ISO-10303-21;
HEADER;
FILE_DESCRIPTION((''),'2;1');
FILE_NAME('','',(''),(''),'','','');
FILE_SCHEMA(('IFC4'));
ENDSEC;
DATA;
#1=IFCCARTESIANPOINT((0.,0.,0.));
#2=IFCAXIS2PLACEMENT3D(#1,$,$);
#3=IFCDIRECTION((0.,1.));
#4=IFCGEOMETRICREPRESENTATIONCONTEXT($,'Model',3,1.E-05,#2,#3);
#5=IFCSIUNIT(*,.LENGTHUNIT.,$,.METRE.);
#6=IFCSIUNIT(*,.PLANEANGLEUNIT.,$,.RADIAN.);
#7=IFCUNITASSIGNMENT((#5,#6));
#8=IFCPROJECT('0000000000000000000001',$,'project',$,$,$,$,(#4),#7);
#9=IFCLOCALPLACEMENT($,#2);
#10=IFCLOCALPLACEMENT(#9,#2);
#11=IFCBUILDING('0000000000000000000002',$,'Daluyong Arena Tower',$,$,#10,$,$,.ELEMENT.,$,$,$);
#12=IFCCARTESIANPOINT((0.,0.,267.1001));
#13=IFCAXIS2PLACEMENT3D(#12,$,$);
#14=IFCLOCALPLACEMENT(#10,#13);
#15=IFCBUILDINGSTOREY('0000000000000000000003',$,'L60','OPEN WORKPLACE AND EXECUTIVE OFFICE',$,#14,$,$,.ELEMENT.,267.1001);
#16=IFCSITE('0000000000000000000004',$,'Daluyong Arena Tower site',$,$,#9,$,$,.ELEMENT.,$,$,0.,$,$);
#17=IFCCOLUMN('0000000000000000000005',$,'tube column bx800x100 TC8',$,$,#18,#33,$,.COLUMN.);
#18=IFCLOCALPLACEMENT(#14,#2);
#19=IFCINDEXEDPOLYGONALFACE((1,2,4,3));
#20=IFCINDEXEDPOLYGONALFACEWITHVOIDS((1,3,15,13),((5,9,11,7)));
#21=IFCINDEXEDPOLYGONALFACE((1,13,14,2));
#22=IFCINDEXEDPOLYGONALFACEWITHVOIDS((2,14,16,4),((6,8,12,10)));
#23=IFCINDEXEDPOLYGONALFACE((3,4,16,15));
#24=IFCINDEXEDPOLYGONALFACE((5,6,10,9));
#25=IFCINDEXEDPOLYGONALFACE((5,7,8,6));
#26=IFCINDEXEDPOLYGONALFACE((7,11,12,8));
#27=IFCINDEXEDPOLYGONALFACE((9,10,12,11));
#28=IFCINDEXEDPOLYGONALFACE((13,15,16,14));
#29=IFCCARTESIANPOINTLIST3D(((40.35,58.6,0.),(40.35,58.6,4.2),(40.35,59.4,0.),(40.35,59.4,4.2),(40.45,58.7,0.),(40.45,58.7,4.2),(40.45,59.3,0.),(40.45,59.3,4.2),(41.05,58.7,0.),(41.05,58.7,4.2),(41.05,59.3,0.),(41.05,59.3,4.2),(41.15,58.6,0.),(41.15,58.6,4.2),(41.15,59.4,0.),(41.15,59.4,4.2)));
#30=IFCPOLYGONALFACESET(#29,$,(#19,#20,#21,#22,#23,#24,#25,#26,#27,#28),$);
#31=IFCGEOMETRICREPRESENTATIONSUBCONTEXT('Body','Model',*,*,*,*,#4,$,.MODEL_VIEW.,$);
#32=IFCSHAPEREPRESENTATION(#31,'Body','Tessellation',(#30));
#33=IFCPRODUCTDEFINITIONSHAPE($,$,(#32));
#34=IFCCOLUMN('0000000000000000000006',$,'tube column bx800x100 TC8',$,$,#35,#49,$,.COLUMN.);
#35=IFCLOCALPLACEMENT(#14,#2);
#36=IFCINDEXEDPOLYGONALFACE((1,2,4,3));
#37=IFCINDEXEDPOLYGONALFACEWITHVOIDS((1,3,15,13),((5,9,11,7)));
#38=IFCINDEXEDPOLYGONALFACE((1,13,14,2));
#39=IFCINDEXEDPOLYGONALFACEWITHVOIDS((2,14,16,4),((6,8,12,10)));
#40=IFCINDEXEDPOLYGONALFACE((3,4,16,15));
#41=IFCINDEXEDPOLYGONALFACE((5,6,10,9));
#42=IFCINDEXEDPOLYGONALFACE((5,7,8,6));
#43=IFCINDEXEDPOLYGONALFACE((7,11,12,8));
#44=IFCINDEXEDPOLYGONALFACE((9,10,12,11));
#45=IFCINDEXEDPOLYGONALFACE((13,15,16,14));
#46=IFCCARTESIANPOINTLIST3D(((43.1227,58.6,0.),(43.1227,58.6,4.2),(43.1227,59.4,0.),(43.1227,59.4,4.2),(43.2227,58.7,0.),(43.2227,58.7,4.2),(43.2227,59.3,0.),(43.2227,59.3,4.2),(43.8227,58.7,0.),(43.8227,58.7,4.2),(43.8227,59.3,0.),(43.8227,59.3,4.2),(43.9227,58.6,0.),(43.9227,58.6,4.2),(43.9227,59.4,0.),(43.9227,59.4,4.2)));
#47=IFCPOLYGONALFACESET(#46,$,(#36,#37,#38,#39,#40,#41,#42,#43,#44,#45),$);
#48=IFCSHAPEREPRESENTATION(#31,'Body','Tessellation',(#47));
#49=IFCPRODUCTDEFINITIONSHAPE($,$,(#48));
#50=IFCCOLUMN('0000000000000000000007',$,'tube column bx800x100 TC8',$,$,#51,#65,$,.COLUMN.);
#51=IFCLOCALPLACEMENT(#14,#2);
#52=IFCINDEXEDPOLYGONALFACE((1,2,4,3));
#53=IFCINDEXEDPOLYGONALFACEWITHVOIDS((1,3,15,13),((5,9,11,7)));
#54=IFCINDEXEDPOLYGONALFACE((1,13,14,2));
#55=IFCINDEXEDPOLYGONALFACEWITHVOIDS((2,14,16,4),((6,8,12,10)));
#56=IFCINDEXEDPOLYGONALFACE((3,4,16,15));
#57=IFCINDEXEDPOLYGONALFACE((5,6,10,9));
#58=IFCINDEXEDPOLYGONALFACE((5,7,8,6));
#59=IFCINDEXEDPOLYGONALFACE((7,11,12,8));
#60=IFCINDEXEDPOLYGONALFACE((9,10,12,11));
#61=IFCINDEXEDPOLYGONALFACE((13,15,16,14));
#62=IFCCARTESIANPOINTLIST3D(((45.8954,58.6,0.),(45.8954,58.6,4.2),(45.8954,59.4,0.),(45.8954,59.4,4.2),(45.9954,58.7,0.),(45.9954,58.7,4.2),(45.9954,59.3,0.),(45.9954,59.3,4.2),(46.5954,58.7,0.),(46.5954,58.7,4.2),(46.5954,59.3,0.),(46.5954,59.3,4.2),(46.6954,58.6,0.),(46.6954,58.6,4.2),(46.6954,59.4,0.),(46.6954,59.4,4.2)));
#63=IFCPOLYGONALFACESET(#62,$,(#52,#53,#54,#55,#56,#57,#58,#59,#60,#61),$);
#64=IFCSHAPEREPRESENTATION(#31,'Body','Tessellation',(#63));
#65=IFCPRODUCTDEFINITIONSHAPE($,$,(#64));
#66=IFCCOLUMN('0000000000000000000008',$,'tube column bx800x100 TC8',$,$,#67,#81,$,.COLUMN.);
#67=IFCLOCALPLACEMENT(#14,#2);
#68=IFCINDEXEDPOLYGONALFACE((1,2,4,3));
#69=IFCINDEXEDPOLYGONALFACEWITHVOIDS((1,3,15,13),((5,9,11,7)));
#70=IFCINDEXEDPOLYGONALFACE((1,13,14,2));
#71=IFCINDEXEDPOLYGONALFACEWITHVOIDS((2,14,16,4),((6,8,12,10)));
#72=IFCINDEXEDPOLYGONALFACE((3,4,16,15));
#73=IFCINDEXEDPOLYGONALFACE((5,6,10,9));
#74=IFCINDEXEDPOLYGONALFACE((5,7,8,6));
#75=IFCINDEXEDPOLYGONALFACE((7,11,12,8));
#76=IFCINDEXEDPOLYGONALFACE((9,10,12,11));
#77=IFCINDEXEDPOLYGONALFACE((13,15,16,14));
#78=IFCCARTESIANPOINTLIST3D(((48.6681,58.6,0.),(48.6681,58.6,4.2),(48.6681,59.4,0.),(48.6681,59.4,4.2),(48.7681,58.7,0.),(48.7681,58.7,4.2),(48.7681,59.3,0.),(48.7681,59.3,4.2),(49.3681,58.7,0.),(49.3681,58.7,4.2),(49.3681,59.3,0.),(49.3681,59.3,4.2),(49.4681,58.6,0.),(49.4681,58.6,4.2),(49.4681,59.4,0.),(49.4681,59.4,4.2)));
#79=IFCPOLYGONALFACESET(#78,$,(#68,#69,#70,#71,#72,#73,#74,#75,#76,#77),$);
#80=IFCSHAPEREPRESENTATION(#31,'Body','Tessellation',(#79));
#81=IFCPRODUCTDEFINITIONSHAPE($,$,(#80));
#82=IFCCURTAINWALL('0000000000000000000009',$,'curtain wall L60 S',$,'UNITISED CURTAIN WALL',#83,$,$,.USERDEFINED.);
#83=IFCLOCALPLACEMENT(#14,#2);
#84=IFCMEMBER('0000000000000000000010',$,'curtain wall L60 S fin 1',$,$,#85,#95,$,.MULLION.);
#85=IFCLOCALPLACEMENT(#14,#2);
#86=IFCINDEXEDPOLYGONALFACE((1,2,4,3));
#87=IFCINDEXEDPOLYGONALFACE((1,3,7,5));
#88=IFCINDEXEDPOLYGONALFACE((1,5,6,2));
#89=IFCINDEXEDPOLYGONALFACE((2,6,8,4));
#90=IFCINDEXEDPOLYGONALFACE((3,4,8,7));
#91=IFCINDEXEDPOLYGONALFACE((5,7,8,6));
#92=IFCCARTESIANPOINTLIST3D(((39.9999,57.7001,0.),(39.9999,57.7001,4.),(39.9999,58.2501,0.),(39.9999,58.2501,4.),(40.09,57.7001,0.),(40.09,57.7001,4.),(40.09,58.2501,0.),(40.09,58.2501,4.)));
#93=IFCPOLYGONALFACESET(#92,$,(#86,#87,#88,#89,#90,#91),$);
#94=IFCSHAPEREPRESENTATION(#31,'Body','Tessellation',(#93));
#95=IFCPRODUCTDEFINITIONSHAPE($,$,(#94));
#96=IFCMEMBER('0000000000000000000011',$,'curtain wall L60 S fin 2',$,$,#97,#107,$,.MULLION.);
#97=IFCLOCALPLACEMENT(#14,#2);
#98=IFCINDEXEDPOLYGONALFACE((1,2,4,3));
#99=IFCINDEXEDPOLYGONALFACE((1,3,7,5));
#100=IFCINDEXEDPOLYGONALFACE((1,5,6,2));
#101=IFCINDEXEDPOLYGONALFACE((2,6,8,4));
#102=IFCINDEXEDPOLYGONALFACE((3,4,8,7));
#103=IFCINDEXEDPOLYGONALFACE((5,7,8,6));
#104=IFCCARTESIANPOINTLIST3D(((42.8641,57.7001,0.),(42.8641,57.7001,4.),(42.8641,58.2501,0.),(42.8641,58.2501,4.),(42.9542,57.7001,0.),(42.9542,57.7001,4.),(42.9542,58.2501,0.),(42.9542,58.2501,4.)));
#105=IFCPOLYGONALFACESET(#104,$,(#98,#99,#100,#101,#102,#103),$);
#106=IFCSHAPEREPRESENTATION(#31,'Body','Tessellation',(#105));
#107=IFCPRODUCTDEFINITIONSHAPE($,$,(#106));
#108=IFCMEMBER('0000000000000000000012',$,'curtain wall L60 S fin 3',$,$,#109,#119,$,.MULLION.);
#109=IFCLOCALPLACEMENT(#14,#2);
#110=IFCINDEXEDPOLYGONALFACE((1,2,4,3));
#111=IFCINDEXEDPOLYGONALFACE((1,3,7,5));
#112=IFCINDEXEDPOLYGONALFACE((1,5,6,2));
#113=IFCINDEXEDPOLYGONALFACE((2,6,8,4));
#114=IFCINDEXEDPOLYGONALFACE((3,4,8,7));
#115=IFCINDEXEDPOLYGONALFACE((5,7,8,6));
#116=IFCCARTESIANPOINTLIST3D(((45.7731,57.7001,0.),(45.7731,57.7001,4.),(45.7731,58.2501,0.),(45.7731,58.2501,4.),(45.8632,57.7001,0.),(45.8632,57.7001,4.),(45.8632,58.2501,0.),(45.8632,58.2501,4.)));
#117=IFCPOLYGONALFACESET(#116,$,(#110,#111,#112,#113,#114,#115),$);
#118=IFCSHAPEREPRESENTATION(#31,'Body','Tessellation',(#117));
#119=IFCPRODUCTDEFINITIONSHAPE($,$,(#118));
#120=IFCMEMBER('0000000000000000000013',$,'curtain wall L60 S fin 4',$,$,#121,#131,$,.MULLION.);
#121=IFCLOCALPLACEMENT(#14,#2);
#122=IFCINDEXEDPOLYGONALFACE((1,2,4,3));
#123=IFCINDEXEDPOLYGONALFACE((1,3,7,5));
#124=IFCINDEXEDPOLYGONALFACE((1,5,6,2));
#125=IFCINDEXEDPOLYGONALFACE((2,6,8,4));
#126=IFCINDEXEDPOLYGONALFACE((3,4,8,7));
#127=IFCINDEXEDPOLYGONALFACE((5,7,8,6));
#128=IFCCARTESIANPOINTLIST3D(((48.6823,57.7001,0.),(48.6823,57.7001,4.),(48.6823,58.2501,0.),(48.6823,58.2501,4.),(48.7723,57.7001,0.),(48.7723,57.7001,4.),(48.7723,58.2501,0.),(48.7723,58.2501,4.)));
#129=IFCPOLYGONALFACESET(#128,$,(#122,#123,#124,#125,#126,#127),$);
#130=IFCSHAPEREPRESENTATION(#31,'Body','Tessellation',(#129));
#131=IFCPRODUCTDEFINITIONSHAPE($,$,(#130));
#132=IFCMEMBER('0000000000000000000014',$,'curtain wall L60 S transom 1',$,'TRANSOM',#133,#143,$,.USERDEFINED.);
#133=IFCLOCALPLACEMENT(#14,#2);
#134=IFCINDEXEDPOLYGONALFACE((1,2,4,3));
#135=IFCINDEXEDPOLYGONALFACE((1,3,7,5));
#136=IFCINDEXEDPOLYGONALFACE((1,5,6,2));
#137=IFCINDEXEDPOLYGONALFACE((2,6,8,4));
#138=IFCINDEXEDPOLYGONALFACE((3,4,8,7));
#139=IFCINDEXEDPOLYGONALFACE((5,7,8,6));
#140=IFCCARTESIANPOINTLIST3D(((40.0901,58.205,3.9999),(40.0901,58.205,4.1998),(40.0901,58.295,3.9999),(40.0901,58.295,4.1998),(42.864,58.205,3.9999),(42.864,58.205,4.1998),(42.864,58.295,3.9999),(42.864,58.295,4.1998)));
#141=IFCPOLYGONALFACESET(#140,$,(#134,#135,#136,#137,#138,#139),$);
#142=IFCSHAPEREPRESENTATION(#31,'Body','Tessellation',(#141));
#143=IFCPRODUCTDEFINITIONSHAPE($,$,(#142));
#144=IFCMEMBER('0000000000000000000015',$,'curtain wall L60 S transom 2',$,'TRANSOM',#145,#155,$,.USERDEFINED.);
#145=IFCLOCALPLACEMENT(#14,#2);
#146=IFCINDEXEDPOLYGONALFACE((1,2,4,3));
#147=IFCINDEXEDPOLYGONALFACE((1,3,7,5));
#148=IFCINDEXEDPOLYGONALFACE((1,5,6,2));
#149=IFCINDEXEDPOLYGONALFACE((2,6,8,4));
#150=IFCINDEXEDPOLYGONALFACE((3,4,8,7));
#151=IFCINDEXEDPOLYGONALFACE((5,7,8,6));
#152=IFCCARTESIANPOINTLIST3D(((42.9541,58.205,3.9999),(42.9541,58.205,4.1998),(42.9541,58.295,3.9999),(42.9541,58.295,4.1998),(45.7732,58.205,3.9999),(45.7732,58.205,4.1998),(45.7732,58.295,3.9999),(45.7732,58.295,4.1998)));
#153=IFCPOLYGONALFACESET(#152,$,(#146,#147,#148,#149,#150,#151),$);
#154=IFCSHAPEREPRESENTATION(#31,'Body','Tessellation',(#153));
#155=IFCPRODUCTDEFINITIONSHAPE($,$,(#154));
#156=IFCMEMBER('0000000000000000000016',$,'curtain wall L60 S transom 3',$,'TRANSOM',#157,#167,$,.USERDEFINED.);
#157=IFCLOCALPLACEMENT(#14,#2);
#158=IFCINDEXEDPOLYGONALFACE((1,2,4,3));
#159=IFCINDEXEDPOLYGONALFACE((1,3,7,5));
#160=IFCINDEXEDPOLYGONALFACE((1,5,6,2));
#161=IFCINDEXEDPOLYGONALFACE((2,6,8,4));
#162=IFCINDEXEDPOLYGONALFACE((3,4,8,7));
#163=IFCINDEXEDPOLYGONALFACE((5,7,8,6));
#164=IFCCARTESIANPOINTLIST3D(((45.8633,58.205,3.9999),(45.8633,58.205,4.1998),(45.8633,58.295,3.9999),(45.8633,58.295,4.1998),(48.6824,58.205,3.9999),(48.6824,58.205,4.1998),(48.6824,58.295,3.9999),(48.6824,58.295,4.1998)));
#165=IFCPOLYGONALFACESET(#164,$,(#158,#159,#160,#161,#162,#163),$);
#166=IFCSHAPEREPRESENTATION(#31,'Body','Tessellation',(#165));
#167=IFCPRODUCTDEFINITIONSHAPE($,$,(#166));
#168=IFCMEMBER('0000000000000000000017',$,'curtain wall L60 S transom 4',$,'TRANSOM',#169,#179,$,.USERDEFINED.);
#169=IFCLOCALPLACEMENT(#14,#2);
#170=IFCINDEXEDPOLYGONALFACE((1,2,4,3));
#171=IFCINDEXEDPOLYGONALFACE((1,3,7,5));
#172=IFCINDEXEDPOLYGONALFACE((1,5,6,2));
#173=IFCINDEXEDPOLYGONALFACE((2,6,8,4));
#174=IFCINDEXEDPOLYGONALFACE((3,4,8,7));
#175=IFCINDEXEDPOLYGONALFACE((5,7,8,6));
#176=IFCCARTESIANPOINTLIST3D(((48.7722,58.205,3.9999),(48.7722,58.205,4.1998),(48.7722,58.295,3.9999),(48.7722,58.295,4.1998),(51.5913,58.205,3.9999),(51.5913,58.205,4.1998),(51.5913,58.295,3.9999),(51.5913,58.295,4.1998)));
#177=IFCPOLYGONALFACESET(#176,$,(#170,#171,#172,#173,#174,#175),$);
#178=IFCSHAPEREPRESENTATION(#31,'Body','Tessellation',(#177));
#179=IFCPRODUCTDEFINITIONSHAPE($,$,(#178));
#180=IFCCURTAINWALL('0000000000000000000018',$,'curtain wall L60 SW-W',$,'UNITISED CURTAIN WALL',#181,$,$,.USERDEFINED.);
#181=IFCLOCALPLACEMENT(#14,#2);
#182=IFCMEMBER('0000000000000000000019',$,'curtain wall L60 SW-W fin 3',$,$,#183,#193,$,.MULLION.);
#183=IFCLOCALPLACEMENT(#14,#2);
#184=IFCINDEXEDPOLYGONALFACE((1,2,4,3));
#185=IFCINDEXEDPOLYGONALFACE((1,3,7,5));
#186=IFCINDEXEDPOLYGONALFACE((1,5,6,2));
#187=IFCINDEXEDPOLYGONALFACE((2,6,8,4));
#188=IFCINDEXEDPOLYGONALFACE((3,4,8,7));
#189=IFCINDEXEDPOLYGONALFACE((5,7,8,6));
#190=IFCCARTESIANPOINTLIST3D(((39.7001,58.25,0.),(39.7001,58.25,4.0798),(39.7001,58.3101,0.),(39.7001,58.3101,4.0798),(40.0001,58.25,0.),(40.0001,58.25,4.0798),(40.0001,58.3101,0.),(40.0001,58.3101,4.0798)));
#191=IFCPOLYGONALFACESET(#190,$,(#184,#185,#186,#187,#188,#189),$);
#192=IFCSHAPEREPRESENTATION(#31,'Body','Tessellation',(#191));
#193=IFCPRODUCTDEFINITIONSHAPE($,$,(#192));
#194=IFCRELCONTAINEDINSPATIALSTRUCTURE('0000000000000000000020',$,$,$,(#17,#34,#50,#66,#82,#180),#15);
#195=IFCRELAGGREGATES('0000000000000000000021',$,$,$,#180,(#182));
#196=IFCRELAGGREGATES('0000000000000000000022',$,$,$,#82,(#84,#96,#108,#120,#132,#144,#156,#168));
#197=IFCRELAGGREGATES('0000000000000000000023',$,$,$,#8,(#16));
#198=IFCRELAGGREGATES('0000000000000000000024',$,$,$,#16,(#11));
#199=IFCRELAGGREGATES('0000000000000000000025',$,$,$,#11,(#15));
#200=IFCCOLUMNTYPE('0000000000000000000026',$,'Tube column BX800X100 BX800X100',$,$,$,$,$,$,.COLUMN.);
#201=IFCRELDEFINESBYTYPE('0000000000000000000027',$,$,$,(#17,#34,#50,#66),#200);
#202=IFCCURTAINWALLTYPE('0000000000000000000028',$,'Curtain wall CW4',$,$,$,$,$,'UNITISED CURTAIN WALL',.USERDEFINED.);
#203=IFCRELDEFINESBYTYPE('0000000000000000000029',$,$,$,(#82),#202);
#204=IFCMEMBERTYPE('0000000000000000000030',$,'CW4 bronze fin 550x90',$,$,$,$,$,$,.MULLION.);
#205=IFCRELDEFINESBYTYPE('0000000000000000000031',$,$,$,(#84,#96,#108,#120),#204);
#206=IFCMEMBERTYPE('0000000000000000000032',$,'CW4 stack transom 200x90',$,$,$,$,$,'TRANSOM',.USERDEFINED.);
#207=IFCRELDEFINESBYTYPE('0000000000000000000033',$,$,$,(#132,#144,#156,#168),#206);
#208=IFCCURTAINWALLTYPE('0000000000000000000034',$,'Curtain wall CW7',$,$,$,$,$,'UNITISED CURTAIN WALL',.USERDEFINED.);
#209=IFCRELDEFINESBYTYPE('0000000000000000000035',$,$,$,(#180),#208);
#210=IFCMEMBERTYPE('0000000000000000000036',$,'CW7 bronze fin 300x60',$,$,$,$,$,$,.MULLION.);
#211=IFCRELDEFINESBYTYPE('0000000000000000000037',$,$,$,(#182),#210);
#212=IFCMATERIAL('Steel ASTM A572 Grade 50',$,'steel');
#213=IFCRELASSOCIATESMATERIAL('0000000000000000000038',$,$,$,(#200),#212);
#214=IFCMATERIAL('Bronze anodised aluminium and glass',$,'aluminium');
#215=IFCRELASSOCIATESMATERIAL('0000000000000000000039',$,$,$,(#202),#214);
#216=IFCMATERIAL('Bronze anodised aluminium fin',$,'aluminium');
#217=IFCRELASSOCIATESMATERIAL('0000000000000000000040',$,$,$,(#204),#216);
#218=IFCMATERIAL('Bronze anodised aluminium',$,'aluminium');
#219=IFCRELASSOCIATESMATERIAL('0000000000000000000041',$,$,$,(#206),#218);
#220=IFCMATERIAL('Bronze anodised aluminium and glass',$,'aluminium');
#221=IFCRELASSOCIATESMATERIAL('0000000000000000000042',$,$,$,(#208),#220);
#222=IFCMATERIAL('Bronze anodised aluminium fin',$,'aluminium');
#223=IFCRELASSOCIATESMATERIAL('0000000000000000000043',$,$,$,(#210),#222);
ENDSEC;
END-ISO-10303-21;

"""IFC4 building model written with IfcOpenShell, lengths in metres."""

from ifc_helpers import new_model, si_unit, direction, frame, origin, origin_2d, place, context, subcontext, project, spatial, rectangle, hollow_rectangle, extrude, material, material_profile, profile_set, type_object, element, aggregate, save


model = new_model("IFC4")

# Units and contexts
model_context = context("Model", 3, precision=1e-05, world=origin(), true_north=direction((0.0, 1.0)))
body_context = subcontext(model_context, "Body", "Model", "MODEL_VIEW")
ifc_project = project(units=[si_unit("LENGTHUNIT", "METRE"), si_unit("PLANEANGLEUNIT", "RADIAN")], contexts=[model_context])

# Site, building, storey
site_placement = place(None, origin())
site = spatial("IfcSite", under=ifc_project, at=site_placement, Name="Daluyong Arena Tower site", CompositionType="ELEMENT", RefElevation=0.0)
building_placement = place(site_placement, origin())
building = spatial("IfcBuilding", under=site, at=building_placement, Name="Daluyong Arena Tower", CompositionType="ELEMENT")
storey_placement = place(building_placement, frame((0.0, 0.0, 267.1001)))
storey = spatial("IfcBuildingStorey", under=building, at=storey_placement, Name="L60", Description="OPEN WORKPLACE AND EXECUTIVE OFFICE", CompositionType="ELEMENT", Elevation=267.1001)

# Columns
ifc_material_1 = material(Name="Steel ASTM A572 Grade 50", Category="steel")
ifc_material_profile_1 = material_profile(ifc_material_1, hollow_rectangle(XDim=0.8, YDim=0.8, WallThickness=0.1, at=origin_2d()))
ifc_profile_set_1 = profile_set([ifc_material_profile_1], Name="Steel ASTM A572 Grade 50")
column_type = type_object("IfcColumnType", Name="Tube column BX800X100 BX800X100", PredefinedType="COLUMN", material=ifc_profile_set_1)
for number, where, z_axis, x_axis, name in (
    (1, (40.75, 59.0, 0.0), (0.0, 0.0, 1.0), (1.0, 0.0, 0.0), "tube column bx800x100 TC8"),
    (2, (43.5227, 59.0, 0.0), (0.0, 0.0, 1.0), (1.0, 0.0, 0.0), "tube column bx800x100 TC8"),
    (3, (46.2954, 59.0, 0.0), (0.0, 0.0, 1.0), (1.0, 0.0, 0.0), "tube column bx800x100 TC8"),
    (4, (49.0681, 59.0, 0.0), (0.0, 0.0, 1.0), (1.0, 0.0, 0.0), "tube column bx800x100 TC8"),
):
    element("IfcColumn", number, at=place(storey_placement, frame(where, z_axis=z_axis, x_axis=x_axis)), inside=storey, type_object=column_type, Name=name, PredefinedType="COLUMN", context=body_context, shape_type="SweptSolid", body=[
        extrude(hollow_rectangle(XDim=0.8, YDim=0.8, WallThickness=0.1, at=origin_2d()), origin(), (0.0, 0.0, 1.0), 4.2),
    ])

# Curtain wall, members
ifc_material_2 = material(Name="Bronze anodised aluminium and glass", Category="aluminium")
curtain_wall_type_1 = type_object("IfcCurtainWallType", Name="Curtain wall CW4", ElementType="UNITISED CURTAIN WALL", PredefinedType="USERDEFINED", material=ifc_material_2)
curtain_wall_1_placement = place(storey_placement, origin())
curtain_wall_1 = element("IfcCurtainWall", 5, at=curtain_wall_1_placement, inside=storey, type_object=curtain_wall_type_1, Name="curtain wall L60 S", ObjectType="UNITISED CURTAIN WALL", PredefinedType="USERDEFINED")
ifc_material_3 = material(Name="Bronze anodised aluminium fin", Category="aluminium")
ifc_material_profile_2 = material_profile(ifc_material_3, rectangle(XDim=0.55, YDim=0.0901, at=origin_2d()))
ifc_profile_set_2 = profile_set([ifc_material_profile_2], Name="Bronze anodised aluminium fin")
member_type_1 = type_object("IfcMemberType", Name="CW4 bronze fin 550x90", PredefinedType="MULLION", material=ifc_profile_set_2)
member_1_placement = place(storey_placement, frame((40.0449, 57.9751, 0.0), z_axis=(0.0, 0.0, 1.0), x_axis=(0.0, 1.0, 0.0)))
member_1 = element("IfcMember", 6, at=member_1_placement, type_object=member_type_1, Name="curtain wall L60 S fin 1", PredefinedType="MULLION", context=body_context, shape_type="SweptSolid", body=[
    extrude(rectangle(XDim=0.55, YDim=0.0901, at=origin_2d()), origin(), (0.0, 0.0, 1.0), 4.0),
])
member_2_placement = place(storey_placement, frame((42.9092, 57.9751, 0.0), z_axis=(0.0, 0.0, 1.0), x_axis=(0.0, 1.0, 0.0)))
member_2 = element("IfcMember", 7, at=member_2_placement, type_object=member_type_1, Name="curtain wall L60 S fin 2", PredefinedType="MULLION", context=body_context, shape_type="SweptSolid", body=[
    extrude(rectangle(XDim=0.55, YDim=0.0901, at=origin_2d()), origin(), (0.0, 0.0, 1.0), 4.0),
])
member_3_placement = place(storey_placement, frame((45.8181, 57.9751, 0.0), z_axis=(0.0, 0.0, 1.0), x_axis=(0.0, 1.0, 0.0)))
member_3 = element("IfcMember", 8, at=member_3_placement, type_object=member_type_1, Name="curtain wall L60 S fin 3", PredefinedType="MULLION", context=body_context, shape_type="SweptSolid", body=[
    extrude(rectangle(XDim=0.55, YDim=0.0901, at=origin_2d()), origin(), (0.0, 0.0, 1.0), 4.0),
])
member_4_placement = place(storey_placement, frame((48.7273, 57.9751, 0.0), z_axis=(0.0, 0.0, 1.0), x_axis=(0.0, 1.0, 0.0)))
member_4 = element("IfcMember", 9, at=member_4_placement, type_object=member_type_1, Name="curtain wall L60 S fin 4", PredefinedType="MULLION", context=body_context, shape_type="SweptSolid", body=[
    extrude(rectangle(XDim=0.55, YDim=0.0901, at=origin_2d()), origin(), (0.0, 0.0, 1.0), 4.0),
])
ifc_material_4 = material(Name="Bronze anodised aluminium", Category="aluminium")
ifc_material_profile_3 = material_profile(ifc_material_4, rectangle(XDim=0.0901, YDim=0.2, at=origin_2d()))
ifc_profile_set_3 = profile_set([ifc_material_profile_3], Name="Bronze anodised aluminium")
member_type_2 = type_object("IfcMemberType", Name="CW4 stack transom 200x90", ElementType="TRANSOM", PredefinedType="USERDEFINED", material=ifc_profile_set_3)
member_5_placement = place(storey_placement, frame((40.0901, 58.25, 4.0999), z_axis=(1.0, 0.0, 0.0), x_axis=(0.0, 1.0, 0.0)))
member_5 = element("IfcMember", 10, at=member_5_placement, type_object=member_type_2, Name="curtain wall L60 S transom 1", ObjectType="TRANSOM", PredefinedType="USERDEFINED", context=body_context, shape_type="SweptSolid", body=[
    extrude(rectangle(XDim=0.0901, YDim=0.2, at=origin_2d()), origin(), (0.0, 0.0, 1.0), 2.7739),
])
member_6_placement = place(storey_placement, frame((42.9541, 58.25, 4.0999), z_axis=(1.0, 0.0, 0.0), x_axis=(0.0, 1.0, 0.0)))
member_6 = element("IfcMember", 11, at=member_6_placement, type_object=member_type_2, Name="curtain wall L60 S transom 2", ObjectType="TRANSOM", PredefinedType="USERDEFINED", context=body_context, shape_type="SweptSolid", body=[
    extrude(rectangle(XDim=0.0901, YDim=0.2, at=origin_2d()), origin(), (0.0, 0.0, 1.0), 2.8191),
])
member_7_placement = place(storey_placement, frame((45.8633, 58.25, 4.0999), z_axis=(1.0, 0.0, 0.0), x_axis=(0.0, 1.0, 0.0)))
member_7 = element("IfcMember", 12, at=member_7_placement, type_object=member_type_2, Name="curtain wall L60 S transom 3", ObjectType="TRANSOM", PredefinedType="USERDEFINED", context=body_context, shape_type="SweptSolid", body=[
    extrude(rectangle(XDim=0.0901, YDim=0.2, at=origin_2d()), origin(), (0.0, 0.0, 1.0), 2.8191),
])
member_8_placement = place(storey_placement, frame((48.7722, 58.25, 4.0999), z_axis=(1.0, 0.0, 0.0), x_axis=(0.0, 1.0, 0.0)))
member_8 = element("IfcMember", 13, at=member_8_placement, type_object=member_type_2, Name="curtain wall L60 S transom 4", ObjectType="TRANSOM", PredefinedType="USERDEFINED", context=body_context, shape_type="SweptSolid", body=[
    extrude(rectangle(XDim=0.0901, YDim=0.2, at=origin_2d()), origin(), (0.0, 0.0, 1.0), 2.8191),
])

# Curtain wall, member
ifc_material_5 = material(Name="Bronze anodised aluminium and glass", Category="aluminium")
curtain_wall_type_2 = type_object("IfcCurtainWallType", Name="Curtain wall CW7", ElementType="UNITISED CURTAIN WALL", PredefinedType="USERDEFINED", material=ifc_material_5)
curtain_wall_2_placement = place(storey_placement, origin())
curtain_wall_2 = element("IfcCurtainWall", 14, at=curtain_wall_2_placement, inside=storey, type_object=curtain_wall_type_2, Name="curtain wall L60 SW-W", ObjectType="UNITISED CURTAIN WALL", PredefinedType="USERDEFINED")
ifc_material_6 = material(Name="Bronze anodised aluminium fin", Category="aluminium")
ifc_material_profile_4 = material_profile(ifc_material_6, rectangle(XDim=0.3, YDim=0.0601, at=origin_2d()))
ifc_profile_set_4 = profile_set([ifc_material_profile_4], Name="Bronze anodised aluminium fin")
member_type_3 = type_object("IfcMemberType", Name="CW7 bronze fin 300x60", PredefinedType="MULLION", material=ifc_profile_set_4)
member_9_placement = place(storey_placement, frame((39.8501, 58.28, 0.0), z_axis=(0.0, 0.0, 1.0), x_axis=(1.0, 0.0, 0.0)))
member_9 = element("IfcMember", 15, at=member_9_placement, type_object=member_type_3, Name="curtain wall L60 SW-W fin 3", PredefinedType="MULLION", context=body_context, shape_type="SweptSolid", body=[
    extrude(rectangle(XDim=0.3, YDim=0.0601, at=origin_2d()), origin(), (0.0, 0.0, 1.0), 4.0798),
])
aggregate(curtain_wall_2, [member_9])

aggregate(curtain_wall_1, [member_1, member_2, member_3, member_4, member_5, member_6, member_7, member_8])

save(model, "model.ifc")
